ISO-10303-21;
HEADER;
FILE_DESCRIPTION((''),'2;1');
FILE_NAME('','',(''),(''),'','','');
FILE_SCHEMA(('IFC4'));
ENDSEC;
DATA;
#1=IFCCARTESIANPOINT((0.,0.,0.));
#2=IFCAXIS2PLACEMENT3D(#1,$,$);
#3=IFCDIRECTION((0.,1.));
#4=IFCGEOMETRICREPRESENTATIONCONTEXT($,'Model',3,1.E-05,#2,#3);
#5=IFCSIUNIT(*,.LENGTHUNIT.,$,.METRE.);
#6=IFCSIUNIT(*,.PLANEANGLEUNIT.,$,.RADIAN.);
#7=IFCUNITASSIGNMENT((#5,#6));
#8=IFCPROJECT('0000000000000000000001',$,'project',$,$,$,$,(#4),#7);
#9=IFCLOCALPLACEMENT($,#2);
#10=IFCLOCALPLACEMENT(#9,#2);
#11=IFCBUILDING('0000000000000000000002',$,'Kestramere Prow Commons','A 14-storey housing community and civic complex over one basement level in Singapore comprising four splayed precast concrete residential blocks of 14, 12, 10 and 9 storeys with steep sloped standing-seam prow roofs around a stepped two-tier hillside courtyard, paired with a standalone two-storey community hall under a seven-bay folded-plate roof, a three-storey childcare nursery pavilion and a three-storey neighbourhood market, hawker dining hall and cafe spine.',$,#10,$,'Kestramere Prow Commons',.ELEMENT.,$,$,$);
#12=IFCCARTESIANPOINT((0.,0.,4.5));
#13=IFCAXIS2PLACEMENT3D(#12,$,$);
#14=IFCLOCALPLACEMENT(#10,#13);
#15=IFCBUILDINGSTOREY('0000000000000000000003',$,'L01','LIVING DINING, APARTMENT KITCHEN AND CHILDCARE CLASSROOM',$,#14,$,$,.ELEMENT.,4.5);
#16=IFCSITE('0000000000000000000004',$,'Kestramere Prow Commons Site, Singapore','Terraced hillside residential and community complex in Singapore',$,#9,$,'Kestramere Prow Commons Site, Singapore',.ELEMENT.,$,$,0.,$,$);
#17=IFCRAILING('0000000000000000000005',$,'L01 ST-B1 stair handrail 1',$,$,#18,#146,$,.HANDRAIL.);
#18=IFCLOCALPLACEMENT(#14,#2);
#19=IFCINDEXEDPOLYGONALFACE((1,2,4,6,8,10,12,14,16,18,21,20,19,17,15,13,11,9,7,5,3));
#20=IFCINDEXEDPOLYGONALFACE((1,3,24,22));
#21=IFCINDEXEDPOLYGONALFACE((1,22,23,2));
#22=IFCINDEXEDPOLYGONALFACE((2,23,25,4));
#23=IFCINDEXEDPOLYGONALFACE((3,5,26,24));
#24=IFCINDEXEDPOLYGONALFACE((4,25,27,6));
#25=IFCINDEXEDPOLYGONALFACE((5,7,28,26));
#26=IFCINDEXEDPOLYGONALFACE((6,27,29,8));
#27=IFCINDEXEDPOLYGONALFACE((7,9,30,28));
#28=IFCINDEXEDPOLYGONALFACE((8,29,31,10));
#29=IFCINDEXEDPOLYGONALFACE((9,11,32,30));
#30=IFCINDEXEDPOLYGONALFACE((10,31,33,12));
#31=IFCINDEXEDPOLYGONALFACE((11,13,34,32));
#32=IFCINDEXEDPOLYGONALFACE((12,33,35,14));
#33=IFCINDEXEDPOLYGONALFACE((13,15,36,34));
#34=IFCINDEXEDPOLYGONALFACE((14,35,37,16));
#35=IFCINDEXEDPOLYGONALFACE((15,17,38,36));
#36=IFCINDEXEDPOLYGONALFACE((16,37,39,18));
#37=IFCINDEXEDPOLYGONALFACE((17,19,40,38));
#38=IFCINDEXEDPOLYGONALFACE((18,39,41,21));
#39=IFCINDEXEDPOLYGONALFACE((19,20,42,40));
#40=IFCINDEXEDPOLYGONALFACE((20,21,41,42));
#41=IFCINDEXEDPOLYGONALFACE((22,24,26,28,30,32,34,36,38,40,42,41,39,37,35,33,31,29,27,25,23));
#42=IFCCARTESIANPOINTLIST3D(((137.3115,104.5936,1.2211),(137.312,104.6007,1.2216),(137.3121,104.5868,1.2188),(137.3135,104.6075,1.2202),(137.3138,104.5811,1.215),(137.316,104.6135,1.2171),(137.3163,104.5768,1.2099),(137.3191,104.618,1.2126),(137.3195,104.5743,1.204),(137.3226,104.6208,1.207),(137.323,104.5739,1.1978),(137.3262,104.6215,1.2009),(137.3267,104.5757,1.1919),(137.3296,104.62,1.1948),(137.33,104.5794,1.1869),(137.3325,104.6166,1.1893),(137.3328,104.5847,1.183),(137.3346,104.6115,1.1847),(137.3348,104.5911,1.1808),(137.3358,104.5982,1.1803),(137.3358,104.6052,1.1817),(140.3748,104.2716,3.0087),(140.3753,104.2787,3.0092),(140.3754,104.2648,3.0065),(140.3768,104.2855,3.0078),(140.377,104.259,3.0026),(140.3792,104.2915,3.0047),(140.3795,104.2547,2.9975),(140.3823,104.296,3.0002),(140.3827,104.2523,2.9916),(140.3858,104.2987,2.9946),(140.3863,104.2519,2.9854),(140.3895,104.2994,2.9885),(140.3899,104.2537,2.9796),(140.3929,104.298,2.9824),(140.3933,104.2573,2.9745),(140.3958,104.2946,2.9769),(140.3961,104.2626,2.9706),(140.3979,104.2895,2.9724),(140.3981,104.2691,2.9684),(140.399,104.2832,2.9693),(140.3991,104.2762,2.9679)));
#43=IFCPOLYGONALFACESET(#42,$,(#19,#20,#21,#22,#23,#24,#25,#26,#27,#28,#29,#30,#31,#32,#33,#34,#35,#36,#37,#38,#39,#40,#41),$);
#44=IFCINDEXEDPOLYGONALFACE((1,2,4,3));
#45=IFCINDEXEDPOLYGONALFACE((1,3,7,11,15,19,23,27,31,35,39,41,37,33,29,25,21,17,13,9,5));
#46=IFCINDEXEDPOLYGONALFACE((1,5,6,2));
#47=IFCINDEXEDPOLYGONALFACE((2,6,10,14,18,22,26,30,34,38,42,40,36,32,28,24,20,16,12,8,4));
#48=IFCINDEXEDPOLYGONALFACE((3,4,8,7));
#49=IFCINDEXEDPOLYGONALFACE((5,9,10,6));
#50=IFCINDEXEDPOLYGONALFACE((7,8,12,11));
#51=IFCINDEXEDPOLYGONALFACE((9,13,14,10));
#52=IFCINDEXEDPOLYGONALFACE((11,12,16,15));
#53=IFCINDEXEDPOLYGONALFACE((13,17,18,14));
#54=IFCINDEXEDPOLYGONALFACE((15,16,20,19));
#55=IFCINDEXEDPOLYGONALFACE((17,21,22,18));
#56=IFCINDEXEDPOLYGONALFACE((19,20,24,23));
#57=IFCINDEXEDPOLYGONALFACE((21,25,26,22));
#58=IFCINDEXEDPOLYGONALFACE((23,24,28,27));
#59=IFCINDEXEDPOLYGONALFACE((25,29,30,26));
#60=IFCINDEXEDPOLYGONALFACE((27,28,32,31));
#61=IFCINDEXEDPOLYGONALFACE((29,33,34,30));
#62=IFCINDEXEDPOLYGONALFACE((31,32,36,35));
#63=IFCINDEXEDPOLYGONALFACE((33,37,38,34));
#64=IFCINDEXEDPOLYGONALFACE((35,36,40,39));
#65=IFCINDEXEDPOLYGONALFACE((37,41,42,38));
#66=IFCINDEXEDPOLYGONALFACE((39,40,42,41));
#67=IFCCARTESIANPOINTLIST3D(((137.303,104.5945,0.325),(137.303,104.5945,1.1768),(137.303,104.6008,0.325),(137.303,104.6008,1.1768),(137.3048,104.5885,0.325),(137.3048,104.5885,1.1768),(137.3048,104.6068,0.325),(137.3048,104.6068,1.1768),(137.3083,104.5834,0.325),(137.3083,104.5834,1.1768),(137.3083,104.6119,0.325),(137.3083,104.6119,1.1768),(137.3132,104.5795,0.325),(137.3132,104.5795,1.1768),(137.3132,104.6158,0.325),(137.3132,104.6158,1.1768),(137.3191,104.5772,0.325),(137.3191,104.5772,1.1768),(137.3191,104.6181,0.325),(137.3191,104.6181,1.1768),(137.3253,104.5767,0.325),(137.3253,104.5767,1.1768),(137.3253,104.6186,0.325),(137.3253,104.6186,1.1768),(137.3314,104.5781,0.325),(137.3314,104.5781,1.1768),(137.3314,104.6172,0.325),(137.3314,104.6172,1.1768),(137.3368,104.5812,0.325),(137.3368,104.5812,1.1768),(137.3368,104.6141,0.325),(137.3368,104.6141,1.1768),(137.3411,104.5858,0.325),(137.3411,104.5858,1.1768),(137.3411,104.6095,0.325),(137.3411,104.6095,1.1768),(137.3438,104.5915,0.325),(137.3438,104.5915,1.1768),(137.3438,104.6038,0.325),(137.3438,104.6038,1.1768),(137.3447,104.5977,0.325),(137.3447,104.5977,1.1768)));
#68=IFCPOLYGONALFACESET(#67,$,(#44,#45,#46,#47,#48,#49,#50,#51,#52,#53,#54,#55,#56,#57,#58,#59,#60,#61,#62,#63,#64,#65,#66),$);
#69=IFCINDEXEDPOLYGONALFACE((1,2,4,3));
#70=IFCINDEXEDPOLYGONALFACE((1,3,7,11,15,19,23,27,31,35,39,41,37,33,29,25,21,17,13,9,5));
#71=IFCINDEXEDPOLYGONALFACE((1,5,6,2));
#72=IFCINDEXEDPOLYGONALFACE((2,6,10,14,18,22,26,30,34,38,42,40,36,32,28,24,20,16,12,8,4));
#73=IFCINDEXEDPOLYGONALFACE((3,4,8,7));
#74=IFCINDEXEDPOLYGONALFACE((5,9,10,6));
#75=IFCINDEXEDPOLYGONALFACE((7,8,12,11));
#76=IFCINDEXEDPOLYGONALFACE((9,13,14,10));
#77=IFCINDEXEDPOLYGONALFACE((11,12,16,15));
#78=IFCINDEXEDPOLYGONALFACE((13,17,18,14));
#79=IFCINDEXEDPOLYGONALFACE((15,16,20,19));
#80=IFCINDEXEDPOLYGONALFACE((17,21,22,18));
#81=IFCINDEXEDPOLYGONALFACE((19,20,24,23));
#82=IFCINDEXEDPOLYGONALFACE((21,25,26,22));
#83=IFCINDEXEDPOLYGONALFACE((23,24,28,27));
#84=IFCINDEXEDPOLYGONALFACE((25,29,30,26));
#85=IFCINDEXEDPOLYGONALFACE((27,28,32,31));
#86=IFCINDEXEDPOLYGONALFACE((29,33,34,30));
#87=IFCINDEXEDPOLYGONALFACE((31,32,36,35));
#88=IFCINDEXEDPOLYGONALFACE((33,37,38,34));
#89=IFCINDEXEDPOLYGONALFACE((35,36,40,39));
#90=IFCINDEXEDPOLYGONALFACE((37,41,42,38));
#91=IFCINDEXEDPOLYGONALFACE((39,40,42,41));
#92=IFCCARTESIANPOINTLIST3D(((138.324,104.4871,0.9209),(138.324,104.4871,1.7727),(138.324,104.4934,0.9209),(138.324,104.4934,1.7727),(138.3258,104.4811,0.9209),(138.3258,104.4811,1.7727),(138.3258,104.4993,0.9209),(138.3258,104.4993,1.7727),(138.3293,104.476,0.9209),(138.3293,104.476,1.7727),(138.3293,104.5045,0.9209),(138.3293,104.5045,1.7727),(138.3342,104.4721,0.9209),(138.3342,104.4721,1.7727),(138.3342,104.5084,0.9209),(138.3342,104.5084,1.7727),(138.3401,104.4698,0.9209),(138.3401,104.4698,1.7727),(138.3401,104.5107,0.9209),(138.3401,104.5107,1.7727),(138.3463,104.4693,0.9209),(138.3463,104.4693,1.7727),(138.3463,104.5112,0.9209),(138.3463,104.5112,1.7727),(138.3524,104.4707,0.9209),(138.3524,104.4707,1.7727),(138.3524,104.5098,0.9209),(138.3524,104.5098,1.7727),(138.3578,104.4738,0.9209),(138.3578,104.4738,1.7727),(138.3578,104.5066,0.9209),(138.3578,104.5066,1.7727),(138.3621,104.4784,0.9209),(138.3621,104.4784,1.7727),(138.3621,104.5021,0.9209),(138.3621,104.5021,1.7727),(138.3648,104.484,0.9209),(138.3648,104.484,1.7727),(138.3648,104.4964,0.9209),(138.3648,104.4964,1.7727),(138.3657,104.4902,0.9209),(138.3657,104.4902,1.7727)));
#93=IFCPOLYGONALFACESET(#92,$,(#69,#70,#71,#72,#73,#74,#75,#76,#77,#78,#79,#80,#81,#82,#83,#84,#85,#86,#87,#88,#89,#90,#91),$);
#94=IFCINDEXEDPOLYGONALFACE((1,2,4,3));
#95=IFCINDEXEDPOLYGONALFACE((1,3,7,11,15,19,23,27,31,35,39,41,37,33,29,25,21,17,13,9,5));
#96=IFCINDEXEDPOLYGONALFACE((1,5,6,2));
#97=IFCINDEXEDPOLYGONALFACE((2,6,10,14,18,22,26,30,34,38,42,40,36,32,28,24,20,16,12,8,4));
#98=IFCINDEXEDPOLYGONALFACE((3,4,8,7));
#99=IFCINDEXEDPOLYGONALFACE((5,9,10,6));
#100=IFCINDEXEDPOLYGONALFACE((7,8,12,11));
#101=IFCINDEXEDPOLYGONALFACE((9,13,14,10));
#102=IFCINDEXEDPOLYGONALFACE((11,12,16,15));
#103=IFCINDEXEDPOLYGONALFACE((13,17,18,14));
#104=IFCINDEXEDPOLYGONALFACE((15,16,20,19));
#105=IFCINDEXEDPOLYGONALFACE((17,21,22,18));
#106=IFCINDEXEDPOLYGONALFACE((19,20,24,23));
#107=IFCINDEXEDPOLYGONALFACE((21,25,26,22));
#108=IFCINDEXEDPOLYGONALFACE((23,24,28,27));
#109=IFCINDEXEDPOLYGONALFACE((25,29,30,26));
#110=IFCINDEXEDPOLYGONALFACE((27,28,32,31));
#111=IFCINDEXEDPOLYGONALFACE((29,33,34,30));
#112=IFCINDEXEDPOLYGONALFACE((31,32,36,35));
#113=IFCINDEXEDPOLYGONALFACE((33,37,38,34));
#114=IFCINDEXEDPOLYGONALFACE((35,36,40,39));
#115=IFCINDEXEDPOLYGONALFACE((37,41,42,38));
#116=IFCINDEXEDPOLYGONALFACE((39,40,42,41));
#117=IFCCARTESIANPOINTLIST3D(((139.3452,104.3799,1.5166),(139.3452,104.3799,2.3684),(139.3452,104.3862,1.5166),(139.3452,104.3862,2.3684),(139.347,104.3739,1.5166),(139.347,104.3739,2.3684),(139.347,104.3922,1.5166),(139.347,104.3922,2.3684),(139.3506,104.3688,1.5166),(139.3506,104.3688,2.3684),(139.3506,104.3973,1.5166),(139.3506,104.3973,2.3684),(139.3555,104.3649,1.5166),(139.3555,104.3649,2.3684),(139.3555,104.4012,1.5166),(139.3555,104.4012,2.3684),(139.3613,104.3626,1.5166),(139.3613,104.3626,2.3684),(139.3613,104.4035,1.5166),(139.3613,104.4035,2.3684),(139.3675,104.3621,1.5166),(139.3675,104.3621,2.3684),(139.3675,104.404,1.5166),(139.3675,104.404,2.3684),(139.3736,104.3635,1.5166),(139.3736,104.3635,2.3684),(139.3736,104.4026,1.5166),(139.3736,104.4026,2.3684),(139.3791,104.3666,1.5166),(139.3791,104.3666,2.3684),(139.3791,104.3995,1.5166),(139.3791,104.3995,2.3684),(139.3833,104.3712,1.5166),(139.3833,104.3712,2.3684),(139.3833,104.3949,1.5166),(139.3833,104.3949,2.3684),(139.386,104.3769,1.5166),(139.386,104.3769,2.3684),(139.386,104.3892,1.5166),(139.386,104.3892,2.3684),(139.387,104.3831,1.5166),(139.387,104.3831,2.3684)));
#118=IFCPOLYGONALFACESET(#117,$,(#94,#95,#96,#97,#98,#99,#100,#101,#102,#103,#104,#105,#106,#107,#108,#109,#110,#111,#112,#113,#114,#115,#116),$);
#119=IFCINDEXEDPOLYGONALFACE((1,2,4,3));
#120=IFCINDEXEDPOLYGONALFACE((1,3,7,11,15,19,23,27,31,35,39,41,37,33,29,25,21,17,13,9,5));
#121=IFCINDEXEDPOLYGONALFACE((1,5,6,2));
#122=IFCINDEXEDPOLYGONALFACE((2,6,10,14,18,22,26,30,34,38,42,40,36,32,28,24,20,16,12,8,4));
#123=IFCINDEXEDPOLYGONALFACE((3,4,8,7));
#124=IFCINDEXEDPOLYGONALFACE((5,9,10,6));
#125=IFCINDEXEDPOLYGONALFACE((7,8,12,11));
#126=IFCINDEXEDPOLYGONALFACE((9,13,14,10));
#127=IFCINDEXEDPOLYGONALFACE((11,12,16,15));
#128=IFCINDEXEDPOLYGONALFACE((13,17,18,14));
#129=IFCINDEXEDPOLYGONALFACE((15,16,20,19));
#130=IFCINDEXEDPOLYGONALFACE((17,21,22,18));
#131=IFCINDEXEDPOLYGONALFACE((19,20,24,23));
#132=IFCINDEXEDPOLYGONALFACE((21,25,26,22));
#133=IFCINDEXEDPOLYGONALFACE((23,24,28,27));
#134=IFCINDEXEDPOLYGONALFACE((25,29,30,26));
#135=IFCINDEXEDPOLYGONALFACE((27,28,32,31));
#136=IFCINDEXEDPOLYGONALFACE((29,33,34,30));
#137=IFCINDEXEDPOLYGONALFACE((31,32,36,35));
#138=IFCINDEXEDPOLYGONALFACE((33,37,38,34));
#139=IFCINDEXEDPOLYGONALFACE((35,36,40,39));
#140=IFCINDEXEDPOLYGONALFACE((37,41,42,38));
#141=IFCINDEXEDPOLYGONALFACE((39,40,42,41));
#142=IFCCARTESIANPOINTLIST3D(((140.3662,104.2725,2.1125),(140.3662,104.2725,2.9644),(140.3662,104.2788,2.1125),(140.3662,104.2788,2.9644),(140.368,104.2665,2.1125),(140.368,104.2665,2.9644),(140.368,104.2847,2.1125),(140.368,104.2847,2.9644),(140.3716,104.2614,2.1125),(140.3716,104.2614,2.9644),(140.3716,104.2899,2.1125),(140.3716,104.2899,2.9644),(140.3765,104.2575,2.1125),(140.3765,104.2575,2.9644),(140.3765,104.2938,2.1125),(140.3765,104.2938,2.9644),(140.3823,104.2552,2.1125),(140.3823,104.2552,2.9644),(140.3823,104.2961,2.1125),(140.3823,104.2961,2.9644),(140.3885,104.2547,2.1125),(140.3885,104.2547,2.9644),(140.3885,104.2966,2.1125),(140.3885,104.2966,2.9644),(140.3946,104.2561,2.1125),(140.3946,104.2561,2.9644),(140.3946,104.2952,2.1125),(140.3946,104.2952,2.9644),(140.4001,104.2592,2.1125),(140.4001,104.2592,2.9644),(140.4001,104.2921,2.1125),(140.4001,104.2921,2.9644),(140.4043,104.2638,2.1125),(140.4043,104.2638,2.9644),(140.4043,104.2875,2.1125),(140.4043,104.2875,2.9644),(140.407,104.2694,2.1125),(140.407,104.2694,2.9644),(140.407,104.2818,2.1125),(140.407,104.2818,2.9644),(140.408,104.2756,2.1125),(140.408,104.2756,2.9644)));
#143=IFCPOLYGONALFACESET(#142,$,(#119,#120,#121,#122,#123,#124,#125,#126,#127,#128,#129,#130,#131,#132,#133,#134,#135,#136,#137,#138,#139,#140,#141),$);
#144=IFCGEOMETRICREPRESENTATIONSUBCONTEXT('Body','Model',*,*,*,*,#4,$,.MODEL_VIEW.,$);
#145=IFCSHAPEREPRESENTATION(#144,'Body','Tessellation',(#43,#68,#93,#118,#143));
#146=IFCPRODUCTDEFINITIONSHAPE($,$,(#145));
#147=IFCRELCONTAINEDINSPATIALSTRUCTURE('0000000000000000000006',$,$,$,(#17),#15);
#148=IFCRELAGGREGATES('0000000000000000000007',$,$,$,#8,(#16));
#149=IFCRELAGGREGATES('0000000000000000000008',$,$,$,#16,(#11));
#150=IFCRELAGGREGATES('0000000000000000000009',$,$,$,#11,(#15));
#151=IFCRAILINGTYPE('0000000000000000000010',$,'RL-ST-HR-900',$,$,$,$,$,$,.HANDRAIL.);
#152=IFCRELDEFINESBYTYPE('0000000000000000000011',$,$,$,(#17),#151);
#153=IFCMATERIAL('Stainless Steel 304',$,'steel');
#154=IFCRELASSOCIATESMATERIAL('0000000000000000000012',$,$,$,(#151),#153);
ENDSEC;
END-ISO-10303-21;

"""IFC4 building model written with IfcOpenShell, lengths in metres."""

from ifc_helpers import new_model, si_unit, direction, frame, origin, origin_2d, place, context, subcontext, project, spatial, circle, extrude, material, type_object, element, save


model = new_model("IFC4")

# Units and contexts
model_context = context("Model", 3, precision=1e-05, world=origin(), true_north=direction((0.0, 1.0)))
body_context = subcontext(model_context, "Body", "Model", "MODEL_VIEW")
ifc_project = project(units=[si_unit("LENGTHUNIT", "METRE"), si_unit("PLANEANGLEUNIT", "RADIAN")], contexts=[model_context])

# Site, building, storey
site_placement = place(None, origin())
site = spatial("IfcSite", under=ifc_project, at=site_placement, Name="Kestramere Prow Commons Site, Singapore", Description="Terraced hillside residential and community complex in Singapore", LongName="Kestramere Prow Commons Site, Singapore", CompositionType="ELEMENT", RefElevation=0.0)
building_placement = place(site_placement, origin())
building = spatial("IfcBuilding", under=site, at=building_placement, Name="Kestramere Prow Commons", Description="A 14-storey housing community and civic complex over one basement level in Singapore comprising four splayed precast concrete residential blocks of 14, 12, 10 and 9 storeys with steep sloped standing-seam prow roofs around a stepped two-tier hillside courtyard, paired with a standalone two-storey community hall under a seven-bay folded-plate roof, a three-storey childcare nursery pavilion and a three-storey neighbourhood market, hawker dining hall and cafe spine.", LongName="Kestramere Prow Commons", CompositionType="ELEMENT")
storey_placement = place(building_placement, frame((0.0, 0.0, 4.5)))
storey = spatial("IfcBuildingStorey", under=building, at=storey_placement, Name="L01", Description="LIVING DINING, APARTMENT KITCHEN AND CHILDCARE CLASSROOM", CompositionType="ELEMENT", Elevation=4.5)

# Railing
ifc_material_1 = material(Name="Stainless Steel 304", Category="steel")
railing_type_1 = type_object("IfcRailingType", Name="RL-ST-HR-900", PredefinedType="HANDRAIL", material=ifc_material_1)
railing_1_placement = place(storey_placement, frame((137.3237, 104.5977, 0.325)))
element("IfcRailing", 1, at=railing_1_placement, inside=storey, type_object=railing_type_1, Name="L01 ST-B1 stair handrail 1", PredefinedType="HANDRAIL", context=body_context, shape_type="SweptSolid", body=[
    extrude(circle(Radius=0.0239, at=origin_2d()), frame((0.0, 0.0, 0.876), z_axis=(0.860153, -0.090423, 0.501956), x_axis=(0.104549, 0.99452, 0.0)), (0.0, 0.0, 1.0), 3.5613),
    extrude(circle(Radius=0.021, at=origin_2d()), origin(), (0.0, 0.0, 1.0), 0.8518),
    extrude(circle(Radius=0.021, at=origin_2d()), frame((1.021, -0.1074, 0.5959)), (0.0, 0.0, 1.0), 0.8518),
    extrude(circle(Radius=0.021, at=origin_2d()), frame((2.0422, -0.2146, 1.1917)), (0.0, 0.0, 1.0), 0.8518),
    extrude(circle(Radius=0.021, at=origin_2d()), frame((3.0632, -0.322, 1.7876)), (0.0, 0.0, 1.0), 0.8518),
])

save(model, "model.ifc")
